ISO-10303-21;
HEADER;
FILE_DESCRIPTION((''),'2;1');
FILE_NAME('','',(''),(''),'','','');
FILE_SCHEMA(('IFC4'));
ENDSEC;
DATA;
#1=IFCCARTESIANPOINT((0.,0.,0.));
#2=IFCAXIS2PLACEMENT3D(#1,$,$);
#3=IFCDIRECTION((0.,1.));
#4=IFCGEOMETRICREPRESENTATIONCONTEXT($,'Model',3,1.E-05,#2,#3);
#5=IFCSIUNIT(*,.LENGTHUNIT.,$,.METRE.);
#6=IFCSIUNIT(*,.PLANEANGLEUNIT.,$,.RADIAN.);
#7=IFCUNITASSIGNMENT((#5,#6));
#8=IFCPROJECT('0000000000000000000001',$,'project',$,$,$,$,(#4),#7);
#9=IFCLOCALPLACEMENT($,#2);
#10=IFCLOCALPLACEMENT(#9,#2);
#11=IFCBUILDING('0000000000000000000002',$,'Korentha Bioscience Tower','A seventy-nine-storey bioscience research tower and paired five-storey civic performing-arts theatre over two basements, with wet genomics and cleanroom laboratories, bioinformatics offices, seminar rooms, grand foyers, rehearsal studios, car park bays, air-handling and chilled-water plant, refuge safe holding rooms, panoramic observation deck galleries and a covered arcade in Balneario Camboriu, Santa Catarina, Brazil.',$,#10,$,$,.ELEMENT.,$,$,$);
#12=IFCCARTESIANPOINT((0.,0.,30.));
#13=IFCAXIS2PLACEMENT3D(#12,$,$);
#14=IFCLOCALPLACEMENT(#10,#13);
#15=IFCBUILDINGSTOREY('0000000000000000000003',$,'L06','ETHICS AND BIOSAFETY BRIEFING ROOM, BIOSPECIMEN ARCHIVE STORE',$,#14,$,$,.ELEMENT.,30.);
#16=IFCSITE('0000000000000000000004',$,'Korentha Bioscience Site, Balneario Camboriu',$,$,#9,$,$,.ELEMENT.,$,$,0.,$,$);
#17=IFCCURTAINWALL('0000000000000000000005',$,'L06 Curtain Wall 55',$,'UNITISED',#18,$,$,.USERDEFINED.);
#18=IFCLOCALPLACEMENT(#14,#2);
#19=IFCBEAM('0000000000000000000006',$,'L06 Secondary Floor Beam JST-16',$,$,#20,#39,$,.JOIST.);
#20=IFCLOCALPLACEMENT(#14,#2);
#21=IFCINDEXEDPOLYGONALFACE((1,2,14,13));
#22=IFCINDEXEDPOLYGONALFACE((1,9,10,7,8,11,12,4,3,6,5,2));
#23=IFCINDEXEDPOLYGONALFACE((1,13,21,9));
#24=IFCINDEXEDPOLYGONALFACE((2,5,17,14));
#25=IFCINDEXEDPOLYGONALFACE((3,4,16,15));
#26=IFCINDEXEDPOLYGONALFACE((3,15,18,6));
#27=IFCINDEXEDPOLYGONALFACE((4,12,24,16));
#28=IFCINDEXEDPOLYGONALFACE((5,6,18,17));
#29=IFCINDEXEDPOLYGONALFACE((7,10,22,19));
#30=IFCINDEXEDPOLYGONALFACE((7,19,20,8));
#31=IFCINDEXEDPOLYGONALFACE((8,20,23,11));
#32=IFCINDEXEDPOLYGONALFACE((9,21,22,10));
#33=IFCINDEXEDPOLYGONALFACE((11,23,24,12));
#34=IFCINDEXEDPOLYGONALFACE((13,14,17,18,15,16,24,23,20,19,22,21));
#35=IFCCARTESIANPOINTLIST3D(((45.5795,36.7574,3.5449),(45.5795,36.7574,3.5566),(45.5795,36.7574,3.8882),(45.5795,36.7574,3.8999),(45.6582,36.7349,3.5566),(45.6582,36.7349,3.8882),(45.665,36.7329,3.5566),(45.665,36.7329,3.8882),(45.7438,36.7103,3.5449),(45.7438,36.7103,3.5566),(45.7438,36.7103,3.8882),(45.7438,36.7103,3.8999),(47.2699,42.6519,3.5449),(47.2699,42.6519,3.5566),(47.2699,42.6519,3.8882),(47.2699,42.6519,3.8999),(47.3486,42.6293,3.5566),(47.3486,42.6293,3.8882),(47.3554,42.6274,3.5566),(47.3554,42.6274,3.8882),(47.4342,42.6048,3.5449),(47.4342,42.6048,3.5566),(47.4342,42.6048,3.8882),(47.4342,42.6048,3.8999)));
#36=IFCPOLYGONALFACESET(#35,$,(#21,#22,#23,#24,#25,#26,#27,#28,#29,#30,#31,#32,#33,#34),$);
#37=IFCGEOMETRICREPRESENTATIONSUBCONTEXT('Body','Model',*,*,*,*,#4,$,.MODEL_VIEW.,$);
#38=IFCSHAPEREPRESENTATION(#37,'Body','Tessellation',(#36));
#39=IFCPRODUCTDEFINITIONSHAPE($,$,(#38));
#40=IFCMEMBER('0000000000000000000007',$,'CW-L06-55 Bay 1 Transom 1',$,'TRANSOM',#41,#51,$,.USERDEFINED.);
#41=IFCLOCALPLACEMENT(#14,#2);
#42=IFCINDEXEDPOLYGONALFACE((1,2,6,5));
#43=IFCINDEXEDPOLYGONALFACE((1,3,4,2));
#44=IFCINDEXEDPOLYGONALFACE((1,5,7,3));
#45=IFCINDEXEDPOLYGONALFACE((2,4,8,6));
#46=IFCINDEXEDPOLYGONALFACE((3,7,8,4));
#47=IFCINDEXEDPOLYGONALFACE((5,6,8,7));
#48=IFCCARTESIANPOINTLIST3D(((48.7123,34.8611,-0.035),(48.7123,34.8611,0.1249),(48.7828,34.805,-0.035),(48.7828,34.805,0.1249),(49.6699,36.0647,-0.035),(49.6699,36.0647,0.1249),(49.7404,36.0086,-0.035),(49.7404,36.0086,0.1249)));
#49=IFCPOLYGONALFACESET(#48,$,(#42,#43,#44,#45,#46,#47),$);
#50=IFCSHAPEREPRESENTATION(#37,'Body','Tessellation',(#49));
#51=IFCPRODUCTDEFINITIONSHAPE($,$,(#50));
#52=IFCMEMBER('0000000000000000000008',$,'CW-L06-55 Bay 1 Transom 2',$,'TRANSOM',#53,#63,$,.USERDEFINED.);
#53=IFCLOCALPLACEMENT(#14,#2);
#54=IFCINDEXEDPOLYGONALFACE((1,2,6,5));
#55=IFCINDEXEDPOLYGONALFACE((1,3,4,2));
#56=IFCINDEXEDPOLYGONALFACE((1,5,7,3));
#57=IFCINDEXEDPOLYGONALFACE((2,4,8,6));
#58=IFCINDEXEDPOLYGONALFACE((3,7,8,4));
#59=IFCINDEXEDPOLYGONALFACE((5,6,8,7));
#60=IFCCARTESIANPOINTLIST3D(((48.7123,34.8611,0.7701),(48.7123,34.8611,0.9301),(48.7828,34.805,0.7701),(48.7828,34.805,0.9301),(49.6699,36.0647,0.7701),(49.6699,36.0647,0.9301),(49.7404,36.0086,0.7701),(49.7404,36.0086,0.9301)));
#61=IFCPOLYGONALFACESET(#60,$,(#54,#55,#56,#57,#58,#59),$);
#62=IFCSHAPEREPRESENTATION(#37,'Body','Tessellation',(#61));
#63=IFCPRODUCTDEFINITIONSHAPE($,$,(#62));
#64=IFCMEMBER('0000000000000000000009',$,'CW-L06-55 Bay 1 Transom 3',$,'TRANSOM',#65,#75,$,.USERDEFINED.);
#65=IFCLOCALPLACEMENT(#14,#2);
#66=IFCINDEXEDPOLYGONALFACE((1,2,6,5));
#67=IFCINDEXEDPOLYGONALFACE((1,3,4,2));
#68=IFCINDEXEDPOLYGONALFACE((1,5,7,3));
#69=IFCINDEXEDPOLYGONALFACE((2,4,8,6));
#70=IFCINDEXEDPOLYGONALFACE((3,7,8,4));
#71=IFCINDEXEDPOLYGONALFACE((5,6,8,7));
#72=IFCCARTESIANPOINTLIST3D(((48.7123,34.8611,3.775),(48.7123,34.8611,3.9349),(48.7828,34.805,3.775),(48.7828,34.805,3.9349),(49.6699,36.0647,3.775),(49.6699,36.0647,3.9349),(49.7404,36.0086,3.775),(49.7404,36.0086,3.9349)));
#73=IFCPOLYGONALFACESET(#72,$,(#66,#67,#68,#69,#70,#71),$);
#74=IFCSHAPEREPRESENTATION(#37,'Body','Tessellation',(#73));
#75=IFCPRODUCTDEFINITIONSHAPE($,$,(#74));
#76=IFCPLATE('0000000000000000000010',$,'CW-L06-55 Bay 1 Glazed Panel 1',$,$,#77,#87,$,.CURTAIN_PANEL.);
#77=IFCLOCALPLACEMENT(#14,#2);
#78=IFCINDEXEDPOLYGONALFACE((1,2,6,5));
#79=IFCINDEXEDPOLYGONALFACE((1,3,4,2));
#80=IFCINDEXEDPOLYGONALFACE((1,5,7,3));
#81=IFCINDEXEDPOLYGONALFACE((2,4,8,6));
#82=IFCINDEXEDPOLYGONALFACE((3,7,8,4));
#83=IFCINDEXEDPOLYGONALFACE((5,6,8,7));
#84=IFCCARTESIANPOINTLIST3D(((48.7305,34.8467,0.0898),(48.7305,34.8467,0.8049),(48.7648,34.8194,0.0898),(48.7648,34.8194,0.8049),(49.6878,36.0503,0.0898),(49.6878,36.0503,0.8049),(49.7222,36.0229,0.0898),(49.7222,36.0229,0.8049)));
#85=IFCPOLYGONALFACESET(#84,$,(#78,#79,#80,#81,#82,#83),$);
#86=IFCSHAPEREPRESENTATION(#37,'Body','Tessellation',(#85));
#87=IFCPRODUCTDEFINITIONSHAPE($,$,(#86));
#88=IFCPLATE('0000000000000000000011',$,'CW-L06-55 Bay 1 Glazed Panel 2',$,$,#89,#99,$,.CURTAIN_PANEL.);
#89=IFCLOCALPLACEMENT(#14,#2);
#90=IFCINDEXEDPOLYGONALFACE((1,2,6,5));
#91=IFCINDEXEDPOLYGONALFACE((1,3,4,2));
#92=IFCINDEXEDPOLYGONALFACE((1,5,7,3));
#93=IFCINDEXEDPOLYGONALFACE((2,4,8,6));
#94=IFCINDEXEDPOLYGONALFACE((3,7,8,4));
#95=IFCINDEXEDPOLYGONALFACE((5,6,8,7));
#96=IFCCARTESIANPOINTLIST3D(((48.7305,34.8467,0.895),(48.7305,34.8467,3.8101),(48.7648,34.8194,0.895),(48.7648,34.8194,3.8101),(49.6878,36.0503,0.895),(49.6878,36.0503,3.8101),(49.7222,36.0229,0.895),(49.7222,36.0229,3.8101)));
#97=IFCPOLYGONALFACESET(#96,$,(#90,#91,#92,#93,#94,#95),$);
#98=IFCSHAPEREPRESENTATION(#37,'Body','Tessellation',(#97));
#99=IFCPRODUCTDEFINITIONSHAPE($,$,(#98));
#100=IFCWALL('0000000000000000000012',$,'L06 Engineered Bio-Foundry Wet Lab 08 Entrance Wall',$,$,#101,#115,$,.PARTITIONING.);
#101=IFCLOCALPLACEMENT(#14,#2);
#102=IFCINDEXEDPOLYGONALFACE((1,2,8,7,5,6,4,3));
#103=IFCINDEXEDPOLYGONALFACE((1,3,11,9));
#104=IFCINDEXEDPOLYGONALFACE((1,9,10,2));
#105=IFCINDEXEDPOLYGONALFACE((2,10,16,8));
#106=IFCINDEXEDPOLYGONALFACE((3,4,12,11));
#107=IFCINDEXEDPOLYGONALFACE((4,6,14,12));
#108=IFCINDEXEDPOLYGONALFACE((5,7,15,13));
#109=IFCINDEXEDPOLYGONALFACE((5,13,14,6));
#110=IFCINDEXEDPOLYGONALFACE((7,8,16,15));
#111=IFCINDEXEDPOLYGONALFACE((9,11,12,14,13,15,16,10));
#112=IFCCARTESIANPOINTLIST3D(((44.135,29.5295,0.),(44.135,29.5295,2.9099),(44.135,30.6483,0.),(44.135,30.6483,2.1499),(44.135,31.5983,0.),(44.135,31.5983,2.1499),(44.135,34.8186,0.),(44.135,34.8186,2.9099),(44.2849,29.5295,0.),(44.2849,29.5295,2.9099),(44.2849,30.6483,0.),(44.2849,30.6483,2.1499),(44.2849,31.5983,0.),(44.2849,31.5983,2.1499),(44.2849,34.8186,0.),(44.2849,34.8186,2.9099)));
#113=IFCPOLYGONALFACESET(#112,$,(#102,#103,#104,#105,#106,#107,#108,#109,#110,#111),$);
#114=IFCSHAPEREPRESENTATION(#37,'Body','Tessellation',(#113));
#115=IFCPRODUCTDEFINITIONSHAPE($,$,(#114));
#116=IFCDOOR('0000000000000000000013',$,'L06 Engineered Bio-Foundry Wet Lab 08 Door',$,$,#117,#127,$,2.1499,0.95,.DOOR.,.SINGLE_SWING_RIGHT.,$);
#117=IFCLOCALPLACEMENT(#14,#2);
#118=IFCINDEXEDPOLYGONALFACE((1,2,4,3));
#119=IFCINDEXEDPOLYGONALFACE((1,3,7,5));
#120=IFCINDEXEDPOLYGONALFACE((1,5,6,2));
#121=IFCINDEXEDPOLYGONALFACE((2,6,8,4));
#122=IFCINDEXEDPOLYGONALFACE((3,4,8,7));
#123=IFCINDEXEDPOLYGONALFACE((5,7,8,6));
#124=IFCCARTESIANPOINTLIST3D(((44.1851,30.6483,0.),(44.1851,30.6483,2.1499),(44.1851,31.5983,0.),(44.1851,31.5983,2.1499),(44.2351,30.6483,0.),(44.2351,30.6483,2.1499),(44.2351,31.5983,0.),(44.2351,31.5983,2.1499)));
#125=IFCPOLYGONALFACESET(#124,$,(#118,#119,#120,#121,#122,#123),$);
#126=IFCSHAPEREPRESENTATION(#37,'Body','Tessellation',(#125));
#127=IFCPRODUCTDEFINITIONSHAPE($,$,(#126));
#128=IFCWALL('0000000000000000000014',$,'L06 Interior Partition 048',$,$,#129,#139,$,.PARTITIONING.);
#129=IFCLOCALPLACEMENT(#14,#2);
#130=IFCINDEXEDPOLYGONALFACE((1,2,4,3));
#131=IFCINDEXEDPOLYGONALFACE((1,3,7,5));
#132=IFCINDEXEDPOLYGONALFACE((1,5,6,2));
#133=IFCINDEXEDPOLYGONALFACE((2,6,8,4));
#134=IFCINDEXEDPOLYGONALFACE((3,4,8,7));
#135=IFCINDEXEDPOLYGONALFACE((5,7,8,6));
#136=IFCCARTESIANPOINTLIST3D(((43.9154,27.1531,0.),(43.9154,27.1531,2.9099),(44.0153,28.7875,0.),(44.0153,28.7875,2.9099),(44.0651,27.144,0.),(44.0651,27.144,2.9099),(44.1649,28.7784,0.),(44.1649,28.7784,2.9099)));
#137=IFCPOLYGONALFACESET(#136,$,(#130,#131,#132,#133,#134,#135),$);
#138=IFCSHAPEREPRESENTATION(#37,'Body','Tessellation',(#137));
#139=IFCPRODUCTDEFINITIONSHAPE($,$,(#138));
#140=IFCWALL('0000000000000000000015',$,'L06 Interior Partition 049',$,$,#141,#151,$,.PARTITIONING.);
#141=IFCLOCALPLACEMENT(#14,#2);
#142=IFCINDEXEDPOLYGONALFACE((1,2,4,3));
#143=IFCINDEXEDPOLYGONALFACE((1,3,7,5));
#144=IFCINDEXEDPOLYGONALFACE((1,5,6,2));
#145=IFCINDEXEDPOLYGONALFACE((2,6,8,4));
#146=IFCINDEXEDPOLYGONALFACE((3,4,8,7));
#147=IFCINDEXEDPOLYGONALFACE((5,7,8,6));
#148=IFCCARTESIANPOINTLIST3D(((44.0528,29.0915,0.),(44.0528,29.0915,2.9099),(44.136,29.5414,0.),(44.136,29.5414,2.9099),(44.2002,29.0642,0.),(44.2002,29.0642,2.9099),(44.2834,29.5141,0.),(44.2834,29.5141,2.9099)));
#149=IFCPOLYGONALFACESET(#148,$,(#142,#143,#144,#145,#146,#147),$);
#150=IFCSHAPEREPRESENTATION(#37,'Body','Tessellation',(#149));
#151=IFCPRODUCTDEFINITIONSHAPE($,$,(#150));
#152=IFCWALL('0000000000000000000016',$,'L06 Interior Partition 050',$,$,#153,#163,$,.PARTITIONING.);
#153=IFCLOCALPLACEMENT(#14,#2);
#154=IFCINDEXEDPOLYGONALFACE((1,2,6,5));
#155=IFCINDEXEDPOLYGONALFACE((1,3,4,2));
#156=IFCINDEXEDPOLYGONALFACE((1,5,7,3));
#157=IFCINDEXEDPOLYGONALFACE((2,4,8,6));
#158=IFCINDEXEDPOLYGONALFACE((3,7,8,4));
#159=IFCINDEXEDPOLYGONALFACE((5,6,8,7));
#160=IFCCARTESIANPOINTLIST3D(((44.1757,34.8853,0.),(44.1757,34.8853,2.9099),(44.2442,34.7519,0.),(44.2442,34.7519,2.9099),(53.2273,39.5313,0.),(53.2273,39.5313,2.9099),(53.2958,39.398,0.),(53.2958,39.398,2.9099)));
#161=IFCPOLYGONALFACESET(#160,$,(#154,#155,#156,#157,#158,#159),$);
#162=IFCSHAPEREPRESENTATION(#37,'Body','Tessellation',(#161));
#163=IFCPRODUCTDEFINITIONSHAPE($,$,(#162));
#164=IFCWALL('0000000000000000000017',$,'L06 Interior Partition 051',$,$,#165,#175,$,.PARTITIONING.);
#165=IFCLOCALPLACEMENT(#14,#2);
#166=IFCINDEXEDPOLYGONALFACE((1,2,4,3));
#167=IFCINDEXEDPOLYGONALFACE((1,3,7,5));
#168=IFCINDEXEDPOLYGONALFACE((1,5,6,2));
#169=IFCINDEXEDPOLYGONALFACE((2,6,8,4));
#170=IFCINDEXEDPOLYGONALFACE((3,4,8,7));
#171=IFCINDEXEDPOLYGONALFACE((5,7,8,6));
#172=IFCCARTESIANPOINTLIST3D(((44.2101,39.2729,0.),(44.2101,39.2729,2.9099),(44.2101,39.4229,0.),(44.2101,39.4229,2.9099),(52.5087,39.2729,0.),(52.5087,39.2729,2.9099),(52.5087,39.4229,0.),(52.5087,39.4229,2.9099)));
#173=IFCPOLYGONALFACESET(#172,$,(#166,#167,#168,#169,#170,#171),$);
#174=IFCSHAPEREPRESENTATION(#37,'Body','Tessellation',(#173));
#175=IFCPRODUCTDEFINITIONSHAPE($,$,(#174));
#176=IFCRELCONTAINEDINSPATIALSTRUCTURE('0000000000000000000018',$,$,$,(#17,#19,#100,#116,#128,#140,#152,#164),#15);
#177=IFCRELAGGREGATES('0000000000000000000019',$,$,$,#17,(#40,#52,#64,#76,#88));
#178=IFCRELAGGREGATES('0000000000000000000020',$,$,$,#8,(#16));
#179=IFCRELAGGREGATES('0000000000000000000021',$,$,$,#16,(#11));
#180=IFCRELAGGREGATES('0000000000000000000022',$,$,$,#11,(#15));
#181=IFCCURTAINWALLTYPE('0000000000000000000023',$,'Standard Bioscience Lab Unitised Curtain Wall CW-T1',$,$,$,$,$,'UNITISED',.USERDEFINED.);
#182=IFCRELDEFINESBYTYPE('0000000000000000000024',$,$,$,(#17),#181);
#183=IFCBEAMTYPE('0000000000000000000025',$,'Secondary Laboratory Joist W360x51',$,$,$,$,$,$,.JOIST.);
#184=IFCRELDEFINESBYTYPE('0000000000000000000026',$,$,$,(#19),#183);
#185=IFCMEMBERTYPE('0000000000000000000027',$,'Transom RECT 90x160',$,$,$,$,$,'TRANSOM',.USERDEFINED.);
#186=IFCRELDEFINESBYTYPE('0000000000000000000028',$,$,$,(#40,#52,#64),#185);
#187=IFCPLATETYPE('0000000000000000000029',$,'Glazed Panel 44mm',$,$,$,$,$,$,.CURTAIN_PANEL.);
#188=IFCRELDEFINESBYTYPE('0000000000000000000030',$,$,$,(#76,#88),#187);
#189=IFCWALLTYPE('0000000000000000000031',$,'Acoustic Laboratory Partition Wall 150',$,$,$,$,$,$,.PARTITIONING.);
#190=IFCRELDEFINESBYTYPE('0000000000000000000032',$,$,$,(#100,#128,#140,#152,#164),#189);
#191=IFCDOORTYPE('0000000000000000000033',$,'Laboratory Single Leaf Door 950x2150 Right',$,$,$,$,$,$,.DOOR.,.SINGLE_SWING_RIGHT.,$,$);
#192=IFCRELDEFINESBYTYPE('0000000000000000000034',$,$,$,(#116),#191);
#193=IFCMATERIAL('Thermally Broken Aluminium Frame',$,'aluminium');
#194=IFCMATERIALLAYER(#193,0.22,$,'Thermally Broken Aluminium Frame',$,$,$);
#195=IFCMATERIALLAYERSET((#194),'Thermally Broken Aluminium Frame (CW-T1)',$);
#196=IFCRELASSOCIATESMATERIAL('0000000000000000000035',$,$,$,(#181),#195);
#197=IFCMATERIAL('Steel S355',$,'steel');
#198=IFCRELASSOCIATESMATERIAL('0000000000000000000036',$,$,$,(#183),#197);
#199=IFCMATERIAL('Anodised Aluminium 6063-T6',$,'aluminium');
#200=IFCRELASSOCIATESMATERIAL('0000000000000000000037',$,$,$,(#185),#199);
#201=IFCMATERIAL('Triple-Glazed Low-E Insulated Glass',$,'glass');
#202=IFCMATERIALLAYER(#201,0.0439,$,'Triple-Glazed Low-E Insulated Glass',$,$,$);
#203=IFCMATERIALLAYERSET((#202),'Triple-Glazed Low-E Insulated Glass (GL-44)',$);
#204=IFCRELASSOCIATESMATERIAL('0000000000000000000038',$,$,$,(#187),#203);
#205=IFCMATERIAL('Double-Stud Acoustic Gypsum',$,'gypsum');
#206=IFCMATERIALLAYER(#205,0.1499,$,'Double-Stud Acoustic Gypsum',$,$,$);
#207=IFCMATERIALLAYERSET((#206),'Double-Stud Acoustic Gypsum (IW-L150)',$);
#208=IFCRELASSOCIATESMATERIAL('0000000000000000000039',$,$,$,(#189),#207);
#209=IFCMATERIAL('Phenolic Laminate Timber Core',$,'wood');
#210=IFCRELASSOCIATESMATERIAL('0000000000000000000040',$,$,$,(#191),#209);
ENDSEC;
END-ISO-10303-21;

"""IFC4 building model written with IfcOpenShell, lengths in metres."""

from ifc_helpers import new_model, si_unit, direction, frame, frame_2d, origin, origin_2d, place, context, subcontext, project, spatial, rectangle, i_section, extrude, material, layer, layer_set, material_profile, profile_set, type_object, element, fill, aggregate, save


model = new_model("IFC4")

# Units and contexts
model_context = context("Model", 3, precision=1e-05, world=origin(), true_north=direction((0.0, 1.0)))
body_context = subcontext(model_context, "Body", "Model", "MODEL_VIEW")
ifc_project = project(units=[si_unit("LENGTHUNIT", "METRE"), si_unit("PLANEANGLEUNIT", "RADIAN")], contexts=[model_context])

# Site, building, storey
site_placement = place(None, origin())
site = spatial("IfcSite", under=ifc_project, at=site_placement, Name="Korentha Bioscience Site, Balneario Camboriu", CompositionType="ELEMENT", RefElevation=0.0)
building_placement = place(site_placement, origin())
building = spatial("IfcBuilding", under=site, at=building_placement, Name="Korentha Bioscience Tower", Description="A seventy-nine-storey bioscience research tower and paired five-storey civic performing-arts theatre over two basements, with wet genomics and cleanroom laboratories, bioinformatics offices, seminar rooms, grand foyers, rehearsal studios, car park bays, air-handling and chilled-water plant, refuge safe holding rooms, panoramic observation deck galleries and a covered arcade in Balneario Camboriu, Santa Catarina, Brazil.", CompositionType="ELEMENT")
storey_placement = place(building_placement, frame((0.0, 0.0, 30.0)))
storey = spatial("IfcBuildingStorey", under=building, at=storey_placement, Name="L06", Description="ETHICS AND BIOSAFETY BRIEFING ROOM, BIOSPECIMEN ARCHIVE STORE", CompositionType="ELEMENT", Elevation=30.0)

# Shared definitions
ifc_material_1 = material(Name="Steel S355", Category="steel")

# Curtain wall
ifc_material_2 = material(Name="Thermally Broken Aluminium Frame", Category="aluminium")
ifc_layer_1 = layer(ifc_material_2, 0.22, Name="Thermally Broken Aluminium Frame")
ifc_layer_set_1 = layer_set([ifc_layer_1], Name="Thermally Broken Aluminium Frame (CW-T1)")
curtain_wall_type = type_object("IfcCurtainWallType", Name="Standard Bioscience Lab Unitised Curtain Wall CW-T1", ElementType="UNITISED", PredefinedType="USERDEFINED", material=ifc_layer_set_1)
curtain_wall_placement = place(storey_placement, origin())
curtain_wall = element("IfcCurtainWall", 1, at=curtain_wall_placement, inside=storey, type_object=curtain_wall_type, Name="L06 Curtain Wall 55", ObjectType="UNITISED", PredefinedType="USERDEFINED")
ifc_material_3 = material(Name="Anodised Aluminium 6063-T6", Category="aluminium")

# Beam
ifc_material_profile_1 = material_profile(ifc_material_1, i_section(OverallWidth=0.1709, OverallDepth=0.355, WebThickness=0.0071, FlangeThickness=0.0117, at=origin_2d()), Name="Steel S355")
ifc_profile_set_1 = profile_set([ifc_material_profile_1], Name="Steel S355 (JB-360)")
beam_type_1 = type_object("IfcBeamType", Name="Secondary Laboratory Joist W360x51", PredefinedType="JOIST", material=ifc_profile_set_1)
beam_1_placement = place(storey_placement, frame((45.6616, 36.7339, 3.7224), z_axis=(0.275668, 0.961253, 0.0), x_axis=(-0.961253, 0.275668, 0.0)))
element("IfcBeam", 2, at=beam_1_placement, inside=storey, type_object=beam_type_1, Name="L06 Secondary Floor Beam JST-16", PredefinedType="JOIST", context=body_context, shape_type="SweptSolid", body=[
    extrude(i_section(OverallWidth=0.1709, OverallDepth=0.355, WebThickness=0.0071, FlangeThickness=0.0117, at=origin_2d()), origin(), (0.0, 0.0, 1.0), 6.1321),
])

# Members
ifc_material_profile_2 = material_profile(ifc_material_3, rectangle(XDim=0.0901, YDim=0.1599, at=origin_2d()), Name="Anodised Aluminium 6063-T6")
ifc_profile_set_2 = profile_set([ifc_material_profile_2], Name="Anodised Aluminium 6063-T6 (CW-TRN)")
member_type_1 = type_object("IfcMemberType", Name="Transom RECT 90x160", ElementType="TRANSOM", PredefinedType="USERDEFINED", material=ifc_profile_set_2)
member_1_placement = place(storey_placement, frame((48.7476, 34.833, 0.0449), z_axis=(0.622563, 0.782569, 0.0), x_axis=(-0.782569, 0.622563, 0.0)))
member_1 = element("IfcMember", 3, at=member_1_placement, type_object=member_type_1, Name="CW-L06-55 Bay 1 Transom 1", ObjectType="TRANSOM", PredefinedType="USERDEFINED", context=body_context, shape_type="SweptSolid", body=[
    extrude(rectangle(XDim=0.0901, YDim=0.1599, at=origin_2d()), origin(), (0.0, 0.0, 1.0), 1.5381),
])
member_2_placement = place(storey_placement, frame((48.7476, 34.833, 0.8501), z_axis=(0.622563, 0.782569, 0.0), x_axis=(-0.782569, 0.622563, 0.0)))
member_2 = element("IfcMember", 4, at=member_2_placement, type_object=member_type_1, Name="CW-L06-55 Bay 1 Transom 2", ObjectType="TRANSOM", PredefinedType="USERDEFINED", context=body_context, shape_type="SweptSolid", body=[
    extrude(rectangle(XDim=0.0901, YDim=0.1599, at=origin_2d()), origin(), (0.0, 0.0, 1.0), 1.5381),
])
member_3_placement = place(storey_placement, frame((48.7476, 34.833, 3.855), z_axis=(0.622563, 0.782569, 0.0), x_axis=(-0.782569, 0.622563, 0.0)))
member_3 = element("IfcMember", 5, at=member_3_placement, type_object=member_type_1, Name="CW-L06-55 Bay 1 Transom 3", ObjectType="TRANSOM", PredefinedType="USERDEFINED", context=body_context, shape_type="SweptSolid", body=[
    extrude(rectangle(XDim=0.0901, YDim=0.1599, at=origin_2d()), origin(), (0.0, 0.0, 1.0), 1.5381),
])

# Plates
ifc_material_4 = material(Name="Triple-Glazed Low-E Insulated Glass", Category="glass")
ifc_layer_2 = layer(ifc_material_4, 0.0439, Name="Triple-Glazed Low-E Insulated Glass")
ifc_layer_set_2 = layer_set([ifc_layer_2], Name="Triple-Glazed Low-E Insulated Glass (GL-44)")
plate_type = type_object("IfcPlateType", Name="Glazed Panel 44mm", PredefinedType="CURTAIN_PANEL", material=ifc_layer_set_2)
plate_1_placement = place(storey_placement, frame((49.2263, 35.4348, 0.0898), z_axis=(0.0, 0.0, 1.0), x_axis=(0.62252, 0.782604, 0.0)))
plate_1 = element("IfcPlate", 6, at=plate_1_placement, type_object=plate_type, Name="CW-L06-55 Bay 1 Glazed Panel 1", PredefinedType="CURTAIN_PANEL", context=body_context, shape_type="SweptSolid", body=[
    extrude(rectangle(XDim=1.5378, YDim=0.0439, at=origin_2d()), origin(), (0.0, 0.0, 1.0), 0.7151),
])
plate_2_placement = place(storey_placement, frame((49.2263, 35.4348, 0.895), z_axis=(0.0, 0.0, 1.0), x_axis=(0.62252, 0.782604, 0.0)))
plate_2 = element("IfcPlate", 7, at=plate_2_placement, type_object=plate_type, Name="CW-L06-55 Bay 1 Glazed Panel 2", PredefinedType="CURTAIN_PANEL", context=body_context, shape_type="SweptSolid", body=[
    extrude(rectangle(XDim=1.5378, YDim=0.0439, at=origin_2d()), origin(), (0.0, 0.0, 1.0), 2.915),
])
aggregate(curtain_wall, [member_1, member_2, member_3, plate_1, plate_2])

# Wall, opening, door
ifc_material_5 = material(Name="Double-Stud Acoustic Gypsum", Category="gypsum")
ifc_layer_3 = layer(ifc_material_5, 0.1499, Name="Double-Stud Acoustic Gypsum")
ifc_layer_set_3 = layer_set([ifc_layer_3], Name="Double-Stud Acoustic Gypsum (IW-L150)")
wall_type_1 = type_object("IfcWallType", Name="Acoustic Laboratory Partition Wall 150", PredefinedType="PARTITIONING", material=ifc_layer_set_3)
wall_1_placement = place(storey_placement, frame((44.21, 29.5295, 0.0), z_axis=(0.0, 0.0, 1.0), x_axis=(0.0, 1.0, 0.0)))
wall_1 = element("IfcWall", 8, at=wall_1_placement, inside=storey, type_object=wall_type_1, Name="L06 Engineered Bio-Foundry Wet Lab 08 Entrance Wall", PredefinedType="PARTITIONING", context=body_context, shape_type="SweptSolid", body=[
    extrude(rectangle(XDim=5.2891, YDim=0.1499, at=frame_2d((2.6445, 0.0))), origin(), (0.0, 0.0, 1.0), 2.9099),
])
opening_1_placement = place(wall_1_placement, frame((1.1187, 0.0, 0.0)))
opening_1 = element("IfcOpeningElement", 9, at=opening_1_placement, cuts=wall_1, PredefinedType="OPENING", context=body_context, shape_type="SweptSolid", body=[
    extrude(rectangle(XDim=0.95, YDim=2.1499, at=frame_2d((0.4751, 1.075))), frame((0.0, 0.0898, 0.0), z_axis=(0.0, -1.0, 0.0), x_axis=(1.0, 0.0, 0.0)), (0.0, 0.0, 1.0), 0.1797),
])
ifc_material_6 = material(Name="Phenolic Laminate Timber Core", Category="wood")
door_type_1 = type_object("IfcDoorType", Name="Laboratory Single Leaf Door 950x2150 Right", OperationType="SINGLE_SWING_RIGHT", PredefinedType="DOOR", material=ifc_material_6)
door_1_placement = place(opening_1_placement, origin())
door_1 = element("IfcDoor", 10, at=door_1_placement, inside=storey, type_object=door_type_1, Name="L06 Engineered Bio-Foundry Wet Lab 08 Door", OperationType="SINGLE_SWING_RIGHT", OverallHeight=2.1499, OverallWidth=0.95, PredefinedType="DOOR", context=body_context, shape_type="SweptSolid", body=[
    extrude(rectangle(XDim=0.95, YDim=2.1499, at=frame_2d((0.4751, 1.075))), frame((0.0, 0.0249, 0.0), z_axis=(0.0, -1.0, 0.0), x_axis=(1.0, 0.0, 0.0)), (0.0, 0.0, 1.0), 0.05),
])
fill(opening_1, door_1)

# Walls
wall_2_placement = place(storey_placement, frame((43.9902, 27.1484, 0.0), z_axis=(0.0, 0.0, 1.0), x_axis=(0.060977, 0.998139, 0.0)))
element("IfcWall", 11, at=wall_2_placement, inside=storey, type_object=wall_type_1, Name="L06 Interior Partition 048", PredefinedType="PARTITIONING", context=body_context, shape_type="SweptSolid", body=[
    extrude(rectangle(XDim=1.6375, YDim=0.1499, at=frame_2d((0.8188, 0.0))), origin(), (0.0, 0.0, 1.0), 2.9099),
])
wall_3_placement = place(storey_placement, frame((44.1265, 29.0779, 0.0), z_axis=(0.0, 0.0, 1.0), x_axis=(0.181936, 0.98331, 0.0)))
element("IfcWall", 12, at=wall_3_placement, inside=storey, type_object=wall_type_1, Name="L06 Interior Partition 049", PredefinedType="PARTITIONING", context=body_context, shape_type="SweptSolid", body=[
    extrude(rectangle(XDim=0.4575, YDim=0.1499, at=frame_2d((0.2288, 0.0))), origin(), (0.0, 0.0, 1.0), 2.9099),
])
wall_4_placement = place(storey_placement, frame((44.21, 34.8186, 0.0), z_axis=(0.0, 0.0, 1.0), x_axis=(0.88965, 0.456643, 0.0)))
element("IfcWall", 13, at=wall_4_placement, inside=storey, type_object=wall_type_1, Name="L06 Interior Partition 050", PredefinedType="PARTITIONING", context=body_context, shape_type="SweptSolid", body=[
    extrude(rectangle(XDim=10.1743, YDim=0.1499, at=frame_2d((5.0872, 0.0))), origin(), (0.0, 0.0, 1.0), 2.9099),
])
wall_5_placement = place(storey_placement, frame((44.21, 39.3479, 0.0), z_axis=(0.0, 0.0, 1.0), x_axis=(1.0, 0.0, 0.0)))
element("IfcWall", 14, at=wall_5_placement, inside=storey, type_object=wall_type_1, Name="L06 Interior Partition 051", PredefinedType="PARTITIONING", context=body_context, shape_type="SweptSolid", body=[
    extrude(rectangle(XDim=8.2986, YDim=0.1499, at=frame_2d((4.1494, 0.0))), origin(), (0.0, 0.0, 1.0), 2.9099),
])

save(model, "model.ifc")
